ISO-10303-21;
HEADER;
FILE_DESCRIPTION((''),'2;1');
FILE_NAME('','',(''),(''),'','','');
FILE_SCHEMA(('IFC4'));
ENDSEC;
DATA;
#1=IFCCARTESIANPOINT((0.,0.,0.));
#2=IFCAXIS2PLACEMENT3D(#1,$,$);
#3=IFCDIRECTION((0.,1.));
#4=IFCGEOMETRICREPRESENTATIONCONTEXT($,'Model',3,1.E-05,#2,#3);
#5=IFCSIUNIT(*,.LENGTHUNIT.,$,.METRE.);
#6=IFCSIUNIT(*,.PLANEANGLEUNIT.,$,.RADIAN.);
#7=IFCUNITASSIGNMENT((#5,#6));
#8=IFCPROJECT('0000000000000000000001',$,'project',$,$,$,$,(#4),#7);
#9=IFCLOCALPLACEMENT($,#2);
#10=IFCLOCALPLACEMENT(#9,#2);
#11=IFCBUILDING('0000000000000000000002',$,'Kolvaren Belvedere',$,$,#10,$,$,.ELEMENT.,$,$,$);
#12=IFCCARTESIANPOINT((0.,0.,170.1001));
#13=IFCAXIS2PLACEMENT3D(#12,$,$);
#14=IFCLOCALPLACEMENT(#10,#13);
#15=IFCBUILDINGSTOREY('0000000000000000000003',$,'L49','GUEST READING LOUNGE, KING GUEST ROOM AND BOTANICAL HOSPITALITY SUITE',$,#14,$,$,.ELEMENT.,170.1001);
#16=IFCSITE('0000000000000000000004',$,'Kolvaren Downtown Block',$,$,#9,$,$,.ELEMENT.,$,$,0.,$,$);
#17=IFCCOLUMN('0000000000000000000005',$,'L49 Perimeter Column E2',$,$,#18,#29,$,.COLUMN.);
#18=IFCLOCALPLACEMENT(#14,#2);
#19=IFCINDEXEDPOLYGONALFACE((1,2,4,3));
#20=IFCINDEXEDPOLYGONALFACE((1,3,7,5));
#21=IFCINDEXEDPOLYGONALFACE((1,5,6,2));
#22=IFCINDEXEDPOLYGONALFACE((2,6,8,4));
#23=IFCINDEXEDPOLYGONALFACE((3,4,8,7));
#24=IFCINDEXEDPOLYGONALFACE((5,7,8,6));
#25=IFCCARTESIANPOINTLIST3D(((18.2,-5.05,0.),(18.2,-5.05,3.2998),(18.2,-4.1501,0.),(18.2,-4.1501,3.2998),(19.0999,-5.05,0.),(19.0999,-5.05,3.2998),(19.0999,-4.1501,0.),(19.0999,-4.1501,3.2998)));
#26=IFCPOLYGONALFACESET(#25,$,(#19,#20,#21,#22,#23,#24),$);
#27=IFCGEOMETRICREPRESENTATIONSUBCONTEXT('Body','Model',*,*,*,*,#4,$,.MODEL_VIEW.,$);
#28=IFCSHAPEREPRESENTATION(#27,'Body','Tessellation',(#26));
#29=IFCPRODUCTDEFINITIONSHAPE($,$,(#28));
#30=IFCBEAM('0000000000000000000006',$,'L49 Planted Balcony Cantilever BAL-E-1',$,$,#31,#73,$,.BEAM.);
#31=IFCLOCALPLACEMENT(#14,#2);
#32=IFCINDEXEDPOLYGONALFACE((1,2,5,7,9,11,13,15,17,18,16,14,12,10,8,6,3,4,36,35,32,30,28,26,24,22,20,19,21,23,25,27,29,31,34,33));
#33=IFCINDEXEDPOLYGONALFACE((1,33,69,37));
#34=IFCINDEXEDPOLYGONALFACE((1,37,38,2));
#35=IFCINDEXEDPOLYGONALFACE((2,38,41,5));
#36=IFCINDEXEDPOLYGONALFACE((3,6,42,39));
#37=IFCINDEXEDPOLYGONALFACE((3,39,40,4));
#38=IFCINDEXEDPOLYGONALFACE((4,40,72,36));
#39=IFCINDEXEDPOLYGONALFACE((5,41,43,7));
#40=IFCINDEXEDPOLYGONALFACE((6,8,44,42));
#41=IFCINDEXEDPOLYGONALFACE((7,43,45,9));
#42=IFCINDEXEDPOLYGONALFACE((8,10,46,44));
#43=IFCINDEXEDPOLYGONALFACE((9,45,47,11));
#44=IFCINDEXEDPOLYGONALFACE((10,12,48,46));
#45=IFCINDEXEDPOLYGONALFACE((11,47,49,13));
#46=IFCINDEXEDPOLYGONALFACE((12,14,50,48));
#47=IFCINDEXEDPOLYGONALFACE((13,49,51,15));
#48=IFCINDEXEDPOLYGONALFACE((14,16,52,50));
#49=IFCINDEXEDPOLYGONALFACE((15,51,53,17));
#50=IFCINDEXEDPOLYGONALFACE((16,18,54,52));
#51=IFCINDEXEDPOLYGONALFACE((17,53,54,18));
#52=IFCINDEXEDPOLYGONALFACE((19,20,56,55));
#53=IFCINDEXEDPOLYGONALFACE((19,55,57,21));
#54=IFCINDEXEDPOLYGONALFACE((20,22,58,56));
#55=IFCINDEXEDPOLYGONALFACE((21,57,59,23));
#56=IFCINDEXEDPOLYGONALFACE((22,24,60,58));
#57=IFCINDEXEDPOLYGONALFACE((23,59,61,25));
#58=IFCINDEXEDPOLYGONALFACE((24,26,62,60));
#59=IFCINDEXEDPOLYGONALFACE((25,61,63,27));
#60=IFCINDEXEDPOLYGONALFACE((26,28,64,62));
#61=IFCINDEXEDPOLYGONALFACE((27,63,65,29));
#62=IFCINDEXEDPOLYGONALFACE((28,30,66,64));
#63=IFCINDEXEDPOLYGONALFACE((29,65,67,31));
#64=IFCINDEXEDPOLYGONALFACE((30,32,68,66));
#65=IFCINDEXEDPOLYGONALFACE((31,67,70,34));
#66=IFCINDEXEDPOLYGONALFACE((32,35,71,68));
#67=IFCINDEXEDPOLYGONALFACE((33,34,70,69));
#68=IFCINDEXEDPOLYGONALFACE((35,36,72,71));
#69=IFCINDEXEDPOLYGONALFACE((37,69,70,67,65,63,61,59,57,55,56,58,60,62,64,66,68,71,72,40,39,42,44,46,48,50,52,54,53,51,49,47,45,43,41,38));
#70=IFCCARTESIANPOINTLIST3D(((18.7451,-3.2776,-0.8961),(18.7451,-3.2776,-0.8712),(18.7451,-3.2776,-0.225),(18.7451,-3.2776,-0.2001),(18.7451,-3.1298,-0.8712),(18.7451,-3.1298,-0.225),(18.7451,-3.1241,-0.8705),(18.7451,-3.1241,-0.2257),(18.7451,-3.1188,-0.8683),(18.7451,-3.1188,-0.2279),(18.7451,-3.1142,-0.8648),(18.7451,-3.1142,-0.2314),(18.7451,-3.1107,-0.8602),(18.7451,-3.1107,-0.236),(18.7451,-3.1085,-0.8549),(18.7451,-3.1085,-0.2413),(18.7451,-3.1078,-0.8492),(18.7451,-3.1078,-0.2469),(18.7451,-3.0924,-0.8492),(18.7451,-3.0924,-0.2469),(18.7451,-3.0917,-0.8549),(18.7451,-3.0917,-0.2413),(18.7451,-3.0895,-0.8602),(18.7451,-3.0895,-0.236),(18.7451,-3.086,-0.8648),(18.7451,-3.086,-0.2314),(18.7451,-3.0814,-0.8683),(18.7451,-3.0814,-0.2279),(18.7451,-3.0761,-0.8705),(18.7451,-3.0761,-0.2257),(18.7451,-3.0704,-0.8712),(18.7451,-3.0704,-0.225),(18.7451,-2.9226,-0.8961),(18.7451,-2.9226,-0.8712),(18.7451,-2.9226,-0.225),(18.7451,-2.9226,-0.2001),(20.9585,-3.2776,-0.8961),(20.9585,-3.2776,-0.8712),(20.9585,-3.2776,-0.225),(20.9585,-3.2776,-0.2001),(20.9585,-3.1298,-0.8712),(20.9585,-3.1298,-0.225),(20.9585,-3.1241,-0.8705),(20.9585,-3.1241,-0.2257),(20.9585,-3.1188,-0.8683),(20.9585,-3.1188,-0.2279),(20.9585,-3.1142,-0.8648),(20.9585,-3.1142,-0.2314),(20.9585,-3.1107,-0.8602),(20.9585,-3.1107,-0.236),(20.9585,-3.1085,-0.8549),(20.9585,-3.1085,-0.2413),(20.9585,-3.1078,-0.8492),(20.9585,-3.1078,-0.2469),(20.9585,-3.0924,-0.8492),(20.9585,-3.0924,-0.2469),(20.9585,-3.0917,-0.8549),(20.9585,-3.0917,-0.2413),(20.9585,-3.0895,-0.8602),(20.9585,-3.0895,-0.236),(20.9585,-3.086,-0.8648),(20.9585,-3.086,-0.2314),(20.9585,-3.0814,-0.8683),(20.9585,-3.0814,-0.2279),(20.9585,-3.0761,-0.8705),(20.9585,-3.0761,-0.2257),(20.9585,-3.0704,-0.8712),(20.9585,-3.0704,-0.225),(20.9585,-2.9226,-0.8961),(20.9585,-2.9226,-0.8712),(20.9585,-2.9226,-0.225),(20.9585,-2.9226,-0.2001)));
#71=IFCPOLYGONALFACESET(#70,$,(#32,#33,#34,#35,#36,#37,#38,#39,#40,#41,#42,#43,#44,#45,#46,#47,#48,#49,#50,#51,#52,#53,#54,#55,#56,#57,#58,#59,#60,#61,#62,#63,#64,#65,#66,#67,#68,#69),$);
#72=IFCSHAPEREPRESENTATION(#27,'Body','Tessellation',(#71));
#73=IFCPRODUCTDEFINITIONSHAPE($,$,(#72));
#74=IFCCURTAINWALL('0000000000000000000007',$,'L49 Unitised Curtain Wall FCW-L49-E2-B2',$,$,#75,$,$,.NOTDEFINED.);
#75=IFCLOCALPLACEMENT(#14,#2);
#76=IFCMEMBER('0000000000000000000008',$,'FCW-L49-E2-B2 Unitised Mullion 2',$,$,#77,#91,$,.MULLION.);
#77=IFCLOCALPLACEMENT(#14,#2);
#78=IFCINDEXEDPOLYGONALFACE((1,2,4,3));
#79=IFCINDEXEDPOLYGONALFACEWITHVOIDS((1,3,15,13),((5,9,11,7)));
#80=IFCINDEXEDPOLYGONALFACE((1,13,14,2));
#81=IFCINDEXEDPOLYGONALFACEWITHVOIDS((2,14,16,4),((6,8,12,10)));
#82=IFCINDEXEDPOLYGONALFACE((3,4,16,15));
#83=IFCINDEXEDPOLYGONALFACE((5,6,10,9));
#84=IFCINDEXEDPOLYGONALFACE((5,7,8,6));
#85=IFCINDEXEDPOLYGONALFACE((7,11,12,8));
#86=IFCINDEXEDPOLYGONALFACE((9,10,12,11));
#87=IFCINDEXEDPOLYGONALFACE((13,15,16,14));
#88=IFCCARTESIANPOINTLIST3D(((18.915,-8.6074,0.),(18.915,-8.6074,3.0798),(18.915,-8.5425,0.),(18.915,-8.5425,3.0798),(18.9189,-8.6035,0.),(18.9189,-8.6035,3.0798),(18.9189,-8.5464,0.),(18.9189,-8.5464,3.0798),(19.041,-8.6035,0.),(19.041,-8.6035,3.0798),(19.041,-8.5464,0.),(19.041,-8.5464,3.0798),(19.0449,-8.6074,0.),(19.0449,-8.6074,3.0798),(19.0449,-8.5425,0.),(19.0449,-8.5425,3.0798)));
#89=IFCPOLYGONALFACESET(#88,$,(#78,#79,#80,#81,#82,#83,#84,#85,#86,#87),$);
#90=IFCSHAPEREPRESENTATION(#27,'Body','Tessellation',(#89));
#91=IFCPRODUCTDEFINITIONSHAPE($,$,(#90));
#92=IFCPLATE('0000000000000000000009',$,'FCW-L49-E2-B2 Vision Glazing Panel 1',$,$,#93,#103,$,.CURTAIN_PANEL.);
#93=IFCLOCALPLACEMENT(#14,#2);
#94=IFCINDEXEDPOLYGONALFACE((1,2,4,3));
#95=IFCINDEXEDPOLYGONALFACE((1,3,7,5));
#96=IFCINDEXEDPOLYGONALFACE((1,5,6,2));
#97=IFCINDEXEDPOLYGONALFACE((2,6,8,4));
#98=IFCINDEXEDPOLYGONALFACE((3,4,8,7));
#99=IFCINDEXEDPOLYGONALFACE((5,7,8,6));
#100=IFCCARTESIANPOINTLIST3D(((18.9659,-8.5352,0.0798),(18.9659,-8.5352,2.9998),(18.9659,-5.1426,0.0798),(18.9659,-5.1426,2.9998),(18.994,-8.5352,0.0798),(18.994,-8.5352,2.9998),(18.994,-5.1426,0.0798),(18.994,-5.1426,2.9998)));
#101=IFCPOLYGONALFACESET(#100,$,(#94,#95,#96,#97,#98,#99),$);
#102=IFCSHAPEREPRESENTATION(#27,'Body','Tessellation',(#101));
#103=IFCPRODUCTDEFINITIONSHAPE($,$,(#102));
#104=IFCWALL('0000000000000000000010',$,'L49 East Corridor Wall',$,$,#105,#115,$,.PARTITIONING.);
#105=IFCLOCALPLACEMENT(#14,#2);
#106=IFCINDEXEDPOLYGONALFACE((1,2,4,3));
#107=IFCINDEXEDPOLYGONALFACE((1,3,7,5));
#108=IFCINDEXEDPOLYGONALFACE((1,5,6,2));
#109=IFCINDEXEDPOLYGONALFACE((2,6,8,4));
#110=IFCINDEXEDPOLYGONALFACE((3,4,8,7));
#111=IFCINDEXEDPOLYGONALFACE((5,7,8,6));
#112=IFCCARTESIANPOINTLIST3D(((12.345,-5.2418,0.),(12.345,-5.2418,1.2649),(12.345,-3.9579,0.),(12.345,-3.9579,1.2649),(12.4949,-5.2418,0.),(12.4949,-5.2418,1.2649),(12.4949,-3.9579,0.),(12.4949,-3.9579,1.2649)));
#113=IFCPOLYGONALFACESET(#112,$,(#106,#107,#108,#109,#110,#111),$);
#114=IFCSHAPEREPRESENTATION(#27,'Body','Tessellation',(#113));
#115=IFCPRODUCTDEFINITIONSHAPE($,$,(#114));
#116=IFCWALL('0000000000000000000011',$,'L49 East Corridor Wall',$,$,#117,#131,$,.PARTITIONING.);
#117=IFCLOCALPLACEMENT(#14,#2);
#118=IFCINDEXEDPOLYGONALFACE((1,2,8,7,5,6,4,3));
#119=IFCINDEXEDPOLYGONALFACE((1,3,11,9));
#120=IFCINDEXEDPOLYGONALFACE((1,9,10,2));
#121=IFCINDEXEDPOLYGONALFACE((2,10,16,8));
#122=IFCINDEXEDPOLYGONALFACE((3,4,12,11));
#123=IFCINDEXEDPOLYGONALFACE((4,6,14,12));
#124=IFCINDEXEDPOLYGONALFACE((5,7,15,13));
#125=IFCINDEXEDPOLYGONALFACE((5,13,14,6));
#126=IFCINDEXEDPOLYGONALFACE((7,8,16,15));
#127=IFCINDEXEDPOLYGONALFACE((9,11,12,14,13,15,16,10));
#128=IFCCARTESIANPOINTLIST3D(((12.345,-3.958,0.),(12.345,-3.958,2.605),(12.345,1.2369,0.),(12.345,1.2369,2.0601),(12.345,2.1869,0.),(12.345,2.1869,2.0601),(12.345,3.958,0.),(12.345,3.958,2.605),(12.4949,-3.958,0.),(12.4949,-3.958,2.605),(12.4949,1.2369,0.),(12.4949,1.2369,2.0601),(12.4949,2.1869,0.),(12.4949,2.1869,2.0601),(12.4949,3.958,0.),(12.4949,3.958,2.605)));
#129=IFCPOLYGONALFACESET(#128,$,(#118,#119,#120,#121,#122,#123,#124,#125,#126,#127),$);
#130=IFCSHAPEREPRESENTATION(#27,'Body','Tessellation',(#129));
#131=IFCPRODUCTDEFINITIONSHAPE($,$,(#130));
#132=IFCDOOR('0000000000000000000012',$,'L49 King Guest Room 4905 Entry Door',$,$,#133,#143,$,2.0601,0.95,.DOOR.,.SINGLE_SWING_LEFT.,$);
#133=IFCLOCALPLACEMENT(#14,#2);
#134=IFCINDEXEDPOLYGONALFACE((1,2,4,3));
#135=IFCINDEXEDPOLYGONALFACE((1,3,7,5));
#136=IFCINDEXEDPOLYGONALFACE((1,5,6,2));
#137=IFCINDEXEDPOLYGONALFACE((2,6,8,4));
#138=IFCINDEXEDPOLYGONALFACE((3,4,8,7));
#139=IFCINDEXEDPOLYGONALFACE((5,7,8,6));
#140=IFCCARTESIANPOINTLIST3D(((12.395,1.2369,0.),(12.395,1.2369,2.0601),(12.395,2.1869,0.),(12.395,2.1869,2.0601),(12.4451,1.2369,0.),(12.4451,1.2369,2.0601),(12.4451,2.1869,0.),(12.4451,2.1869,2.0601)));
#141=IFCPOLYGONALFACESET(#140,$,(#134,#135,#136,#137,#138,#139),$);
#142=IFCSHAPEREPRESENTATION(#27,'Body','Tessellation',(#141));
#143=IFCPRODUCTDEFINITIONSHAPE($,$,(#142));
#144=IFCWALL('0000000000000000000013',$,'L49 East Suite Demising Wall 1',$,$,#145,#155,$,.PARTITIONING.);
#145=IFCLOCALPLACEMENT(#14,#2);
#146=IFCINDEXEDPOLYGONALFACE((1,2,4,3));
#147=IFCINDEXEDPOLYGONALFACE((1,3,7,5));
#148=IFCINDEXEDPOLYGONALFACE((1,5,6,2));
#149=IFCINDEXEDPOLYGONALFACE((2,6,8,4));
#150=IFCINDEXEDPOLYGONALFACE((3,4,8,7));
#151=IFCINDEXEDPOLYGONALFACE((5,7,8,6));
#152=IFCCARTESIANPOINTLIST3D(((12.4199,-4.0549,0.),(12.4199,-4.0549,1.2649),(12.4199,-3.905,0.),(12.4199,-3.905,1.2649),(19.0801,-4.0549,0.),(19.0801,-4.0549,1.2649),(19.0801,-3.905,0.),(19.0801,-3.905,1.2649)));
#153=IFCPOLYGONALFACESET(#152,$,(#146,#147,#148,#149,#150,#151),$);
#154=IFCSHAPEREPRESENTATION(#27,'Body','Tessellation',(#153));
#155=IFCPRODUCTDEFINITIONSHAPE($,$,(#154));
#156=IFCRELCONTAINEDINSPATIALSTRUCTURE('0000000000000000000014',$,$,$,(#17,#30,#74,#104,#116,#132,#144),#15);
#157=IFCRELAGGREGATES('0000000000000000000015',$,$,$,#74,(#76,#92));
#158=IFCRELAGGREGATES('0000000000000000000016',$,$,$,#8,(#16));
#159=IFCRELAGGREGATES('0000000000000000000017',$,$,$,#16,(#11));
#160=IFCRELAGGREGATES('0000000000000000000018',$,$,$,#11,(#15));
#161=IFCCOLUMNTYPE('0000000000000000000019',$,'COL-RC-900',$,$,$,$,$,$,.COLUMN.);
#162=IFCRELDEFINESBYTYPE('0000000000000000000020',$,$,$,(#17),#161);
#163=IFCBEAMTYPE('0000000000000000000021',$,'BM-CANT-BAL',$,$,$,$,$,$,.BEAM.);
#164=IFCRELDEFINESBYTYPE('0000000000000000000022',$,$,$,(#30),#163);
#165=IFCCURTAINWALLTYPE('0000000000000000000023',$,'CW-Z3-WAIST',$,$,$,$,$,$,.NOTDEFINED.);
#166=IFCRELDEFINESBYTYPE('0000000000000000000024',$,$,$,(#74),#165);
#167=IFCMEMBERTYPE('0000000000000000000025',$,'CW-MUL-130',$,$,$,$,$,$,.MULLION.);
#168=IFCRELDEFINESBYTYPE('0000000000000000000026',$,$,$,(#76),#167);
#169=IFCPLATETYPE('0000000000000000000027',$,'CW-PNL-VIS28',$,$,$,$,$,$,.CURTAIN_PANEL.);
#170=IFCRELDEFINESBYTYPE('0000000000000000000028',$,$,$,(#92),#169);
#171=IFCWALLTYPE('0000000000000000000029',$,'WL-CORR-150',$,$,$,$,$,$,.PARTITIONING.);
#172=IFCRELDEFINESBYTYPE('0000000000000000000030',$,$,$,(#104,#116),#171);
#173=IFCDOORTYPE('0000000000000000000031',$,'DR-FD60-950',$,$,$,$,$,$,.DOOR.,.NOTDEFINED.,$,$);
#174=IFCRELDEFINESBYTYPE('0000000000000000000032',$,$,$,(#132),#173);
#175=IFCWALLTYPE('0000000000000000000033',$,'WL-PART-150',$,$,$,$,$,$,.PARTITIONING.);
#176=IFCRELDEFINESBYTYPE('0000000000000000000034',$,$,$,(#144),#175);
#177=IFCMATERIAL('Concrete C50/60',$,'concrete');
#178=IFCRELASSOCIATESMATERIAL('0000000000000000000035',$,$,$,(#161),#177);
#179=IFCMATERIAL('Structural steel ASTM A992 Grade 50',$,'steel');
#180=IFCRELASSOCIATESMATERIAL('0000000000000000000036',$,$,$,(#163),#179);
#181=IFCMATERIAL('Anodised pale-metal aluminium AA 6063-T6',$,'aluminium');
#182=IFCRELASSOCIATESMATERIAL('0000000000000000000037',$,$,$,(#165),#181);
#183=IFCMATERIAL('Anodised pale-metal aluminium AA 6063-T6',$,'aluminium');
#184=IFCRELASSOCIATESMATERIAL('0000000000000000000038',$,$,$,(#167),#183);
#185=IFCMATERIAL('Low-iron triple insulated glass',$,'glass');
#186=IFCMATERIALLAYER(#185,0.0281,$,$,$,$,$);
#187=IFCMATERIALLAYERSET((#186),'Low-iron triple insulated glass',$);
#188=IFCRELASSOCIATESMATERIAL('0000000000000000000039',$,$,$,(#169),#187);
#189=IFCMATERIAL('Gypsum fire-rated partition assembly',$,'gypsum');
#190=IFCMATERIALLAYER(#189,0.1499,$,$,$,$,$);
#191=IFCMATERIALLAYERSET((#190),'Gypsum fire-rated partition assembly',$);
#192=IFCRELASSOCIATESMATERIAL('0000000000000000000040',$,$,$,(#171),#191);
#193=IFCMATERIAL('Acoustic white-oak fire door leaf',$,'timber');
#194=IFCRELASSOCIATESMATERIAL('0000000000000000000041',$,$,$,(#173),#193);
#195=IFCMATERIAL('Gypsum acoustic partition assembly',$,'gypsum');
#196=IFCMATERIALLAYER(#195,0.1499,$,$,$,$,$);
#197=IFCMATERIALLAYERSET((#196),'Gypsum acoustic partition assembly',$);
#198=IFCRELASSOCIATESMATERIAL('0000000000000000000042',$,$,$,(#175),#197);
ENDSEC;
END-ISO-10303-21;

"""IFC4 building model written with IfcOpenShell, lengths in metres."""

from ifc_helpers import new_model, si_unit, direction, frame, frame_2d, origin, origin_2d, place, context, subcontext, project, spatial, rectangle, hollow_rectangle, i_section, extrude, material, layer, layer_set, material_profile, profile_set, type_object, element, fill, aggregate, save


model = new_model("IFC4")

# Units and contexts
model_context = context("Model", 3, precision=1e-05, world=origin(), true_north=direction((0.0, 1.0)))
body_context = subcontext(model_context, "Body", "Model", "MODEL_VIEW")
ifc_project = project(units=[si_unit("LENGTHUNIT", "METRE"), si_unit("PLANEANGLEUNIT", "RADIAN")], contexts=[model_context])

# Site, building, storey
site_placement = place(None, origin())
site = spatial("IfcSite", under=ifc_project, at=site_placement, Name="Kolvaren Downtown Block", CompositionType="ELEMENT", RefElevation=0.0)
building_placement = place(site_placement, origin())
building = spatial("IfcBuilding", under=site, at=building_placement, Name="Kolvaren Belvedere", CompositionType="ELEMENT")
storey_placement = place(building_placement, frame((0.0, 0.0, 170.1001)))
storey = spatial("IfcBuildingStorey", under=building, at=storey_placement, Name="L49", Description="GUEST READING LOUNGE, KING GUEST ROOM AND BOTANICAL HOSPITALITY SUITE", CompositionType="ELEMENT", Elevation=170.1001)

# Column
ifc_material_1 = material(Name="Concrete C50/60", Category="concrete")
ifc_material_profile_1 = material_profile(ifc_material_1, rectangle(XDim=0.8999, YDim=0.8999, at=origin_2d()), Name="RC 900X900")
ifc_profile_set_1 = profile_set([ifc_material_profile_1], Name="Concrete C50/60")
column_type = type_object("IfcColumnType", Name="COL-RC-900", PredefinedType="COLUMN", material=ifc_profile_set_1)
column_placement = place(storey_placement, frame((18.6499, -4.6001, 0.0), z_axis=(0.0, 0.0, 1.0), x_axis=(1.0, 0.0, 0.0)))
element("IfcColumn", 1, at=column_placement, inside=storey, type_object=column_type, Name="L49 Perimeter Column E2", PredefinedType="COLUMN", context=body_context, shape_type="SweptSolid", body=[
    extrude(rectangle(XDim=0.8999, YDim=0.8999, at=origin_2d()), origin(), (0.0, 0.0, 1.0), 3.2998),
])

# Beam
ifc_material_2 = material(Name="Structural steel ASTM A992 Grade 50", Category="steel")
ifc_material_profile_2 = material_profile(ifc_material_2, i_section(OverallWidth=0.355, OverallDepth=0.696, WebThickness=0.0154, FlangeThickness=0.0249, FilletRadius=0.022, at=origin_2d()), Name="W27X146")
ifc_profile_set_2 = profile_set([ifc_material_profile_2], Name="Structural steel ASTM A992 Grade 50")
beam_type = type_object("IfcBeamType", Name="BM-CANT-BAL", PredefinedType="BEAM", material=ifc_profile_set_2)
beam_placement = place(storey_placement, frame((18.7451, -3.1001, -0.5481), z_axis=(1.0, 0.0, 0.0), x_axis=(0.0, 1.0, 0.0)))
element("IfcBeam", 2, at=beam_placement, inside=storey, type_object=beam_type, Name="L49 Planted Balcony Cantilever BAL-E-1", PredefinedType="BEAM", context=body_context, shape_type="SweptSolid", body=[
    extrude(i_section(OverallWidth=0.355, OverallDepth=0.696, WebThickness=0.0154, FlangeThickness=0.0249, FilletRadius=0.022, at=origin_2d()), origin(), (0.0, 0.0, 1.0), 2.2134),
])

# Curtain wall, member, plate
ifc_material_3 = material(Name="Anodised pale-metal aluminium AA 6063-T6", Category="aluminium")
curtain_wall_type = type_object("IfcCurtainWallType", Name="CW-Z3-WAIST", PredefinedType="NOTDEFINED", material=ifc_material_3)
curtain_wall_placement = place(storey_placement, origin())
curtain_wall = element("IfcCurtainWall", 3, at=curtain_wall_placement, inside=storey, type_object=curtain_wall_type, Name="L49 Unitised Curtain Wall FCW-L49-E2-B2", PredefinedType="NOTDEFINED")
ifc_material_4 = material(Name="Anodised pale-metal aluminium AA 6063-T6", Category="aluminium")
ifc_material_profile_3 = material_profile(ifc_material_4, hollow_rectangle(XDim=0.0649, YDim=0.1299, WallThickness=0.0039, at=origin_2d()), Name="ALU-MUL-130X65")
ifc_profile_set_3 = profile_set([ifc_material_profile_3], Name="Anodised pale-metal aluminium AA 6063-T6")
member_type = type_object("IfcMemberType", Name="CW-MUL-130", PredefinedType="MULLION", material=ifc_profile_set_3)
member_placement = place(storey_placement, frame((18.98, -8.575, 0.0), z_axis=(0.0, 0.0, 1.0), x_axis=(0.0, 1.0, 0.0)))
member = element("IfcMember", 4, at=member_placement, type_object=member_type, Name="FCW-L49-E2-B2 Unitised Mullion 2", PredefinedType="MULLION", context=body_context, shape_type="SweptSolid", body=[
    extrude(hollow_rectangle(XDim=0.0649, YDim=0.1299, WallThickness=0.0039, at=origin_2d()), origin(), (0.0, 0.0, 1.0), 3.0798),
])
ifc_material_5 = material(Name="Low-iron triple insulated glass", Category="glass")
ifc_layer_1 = layer(ifc_material_5, 0.0281)
ifc_layer_set_1 = layer_set([ifc_layer_1], Name="Low-iron triple insulated glass")
plate_type = type_object("IfcPlateType", Name="CW-PNL-VIS28", PredefinedType="CURTAIN_PANEL", material=ifc_layer_set_1)
plate_placement = place(storey_placement, frame((18.98, -6.8389, 0.0798), z_axis=(0.0, 0.0, 1.0), x_axis=(0.0, -1.0, 0.0)))
plate = element("IfcPlate", 5, at=plate_placement, type_object=plate_type, Name="FCW-L49-E2-B2 Vision Glazing Panel 1", PredefinedType="CURTAIN_PANEL", context=body_context, shape_type="SweptSolid", body=[
    extrude(rectangle(XDim=3.3926, YDim=0.0281, at=origin_2d()), origin(), (0.0, 0.0, 1.0), 2.9199),
])
aggregate(curtain_wall, [member, plate])

# Wall
ifc_material_6 = material(Name="Gypsum fire-rated partition assembly", Category="gypsum")
ifc_layer_2 = layer(ifc_material_6, 0.1499)
ifc_layer_set_2 = layer_set([ifc_layer_2], Name="Gypsum fire-rated partition assembly")
wall_type_1 = type_object("IfcWallType", Name="WL-CORR-150", PredefinedType="PARTITIONING", material=ifc_layer_set_2)
wall_1_placement = place(storey_placement, frame((12.4199, -5.2419, 0.0), z_axis=(0.0, 0.0, 1.0), x_axis=(0.0, 1.0, 0.0)))
element("IfcWall", 6, at=wall_1_placement, inside=storey, type_object=wall_type_1, Name="L49 East Corridor Wall", PredefinedType="PARTITIONING", context=body_context, shape_type="SweptSolid", body=[
    extrude(rectangle(XDim=1.2839, YDim=0.1499, at=frame_2d((0.6421, 0.0))), origin(), (0.0, 0.0, 1.0), 1.2649),
])

# Wall, opening, door
wall_2_placement = place(storey_placement, frame((12.4199, -3.958, 0.0), z_axis=(0.0, 0.0, 1.0), x_axis=(0.0, 1.0, 0.0)))
wall_2 = element("IfcWall", 7, at=wall_2_placement, inside=storey, type_object=wall_type_1, Name="L49 East Corridor Wall", PredefinedType="PARTITIONING", context=body_context, shape_type="SweptSolid", body=[
    extrude(rectangle(XDim=7.916, YDim=0.1499, at=frame_2d((3.958, 0.0))), origin(), (0.0, 0.0, 1.0), 2.605),
])
opening_1_placement = place(wall_2_placement, frame((5.1948, 0.0, 0.0)))
opening_1 = element("IfcOpeningElement", 8, at=opening_1_placement, cuts=wall_2, PredefinedType="OPENING", context=body_context, shape_type="SweptSolid", body=[
    extrude(rectangle(XDim=0.95, YDim=2.0601, at=frame_2d((0.4751, 1.03))), frame((0.0, 0.085, 0.0), z_axis=(0.0, -1.0, 0.0), x_axis=(1.0, 0.0, 0.0)), (0.0, 0.0, 1.0), 0.1699),
])
ifc_material_7 = material(Name="Acoustic white-oak fire door leaf", Category="timber")
door_type_1 = type_object("IfcDoorType", Name="DR-FD60-950", OperationType="NOTDEFINED", PredefinedType="DOOR", material=ifc_material_7)
door_1_placement = place(opening_1_placement, origin())
door_1 = element("IfcDoor", 9, at=door_1_placement, inside=storey, type_object=door_type_1, Name="L49 King Guest Room 4905 Entry Door", OperationType="SINGLE_SWING_LEFT", OverallHeight=2.0601, OverallWidth=0.95, PredefinedType="DOOR", context=body_context, shape_type="SweptSolid", body=[
    extrude(rectangle(XDim=0.95, YDim=2.0601, at=frame_2d((0.4751, 1.03))), frame((0.0, 0.0249, 0.0), z_axis=(0.0, -1.0, 0.0), x_axis=(1.0, 0.0, 0.0)), (0.0, 0.0, 1.0), 0.05),
])
fill(opening_1, door_1)

# Wall
ifc_material_8 = material(Name="Gypsum acoustic partition assembly", Category="gypsum")
ifc_layer_3 = layer(ifc_material_8, 0.1499)
ifc_layer_set_3 = layer_set([ifc_layer_3], Name="Gypsum acoustic partition assembly")
wall_type_2 = type_object("IfcWallType", Name="WL-PART-150", PredefinedType="PARTITIONING", material=ifc_layer_set_3)
wall_3_placement = place(storey_placement, frame((12.4199, -3.98, 0.0), z_axis=(0.0, 0.0, 1.0), x_axis=(1.0, 0.0, 0.0)))
element("IfcWall", 10, at=wall_3_placement, inside=storey, type_object=wall_type_2, Name="L49 East Suite Demising Wall 1", PredefinedType="PARTITIONING", context=body_context, shape_type="SweptSolid", body=[
    extrude(rectangle(XDim=6.6602, YDim=0.1499, at=frame_2d((3.3301, 0.0))), origin(), (0.0, 0.0, 1.0), 1.2649),
])

save(model, "model.ifc")
